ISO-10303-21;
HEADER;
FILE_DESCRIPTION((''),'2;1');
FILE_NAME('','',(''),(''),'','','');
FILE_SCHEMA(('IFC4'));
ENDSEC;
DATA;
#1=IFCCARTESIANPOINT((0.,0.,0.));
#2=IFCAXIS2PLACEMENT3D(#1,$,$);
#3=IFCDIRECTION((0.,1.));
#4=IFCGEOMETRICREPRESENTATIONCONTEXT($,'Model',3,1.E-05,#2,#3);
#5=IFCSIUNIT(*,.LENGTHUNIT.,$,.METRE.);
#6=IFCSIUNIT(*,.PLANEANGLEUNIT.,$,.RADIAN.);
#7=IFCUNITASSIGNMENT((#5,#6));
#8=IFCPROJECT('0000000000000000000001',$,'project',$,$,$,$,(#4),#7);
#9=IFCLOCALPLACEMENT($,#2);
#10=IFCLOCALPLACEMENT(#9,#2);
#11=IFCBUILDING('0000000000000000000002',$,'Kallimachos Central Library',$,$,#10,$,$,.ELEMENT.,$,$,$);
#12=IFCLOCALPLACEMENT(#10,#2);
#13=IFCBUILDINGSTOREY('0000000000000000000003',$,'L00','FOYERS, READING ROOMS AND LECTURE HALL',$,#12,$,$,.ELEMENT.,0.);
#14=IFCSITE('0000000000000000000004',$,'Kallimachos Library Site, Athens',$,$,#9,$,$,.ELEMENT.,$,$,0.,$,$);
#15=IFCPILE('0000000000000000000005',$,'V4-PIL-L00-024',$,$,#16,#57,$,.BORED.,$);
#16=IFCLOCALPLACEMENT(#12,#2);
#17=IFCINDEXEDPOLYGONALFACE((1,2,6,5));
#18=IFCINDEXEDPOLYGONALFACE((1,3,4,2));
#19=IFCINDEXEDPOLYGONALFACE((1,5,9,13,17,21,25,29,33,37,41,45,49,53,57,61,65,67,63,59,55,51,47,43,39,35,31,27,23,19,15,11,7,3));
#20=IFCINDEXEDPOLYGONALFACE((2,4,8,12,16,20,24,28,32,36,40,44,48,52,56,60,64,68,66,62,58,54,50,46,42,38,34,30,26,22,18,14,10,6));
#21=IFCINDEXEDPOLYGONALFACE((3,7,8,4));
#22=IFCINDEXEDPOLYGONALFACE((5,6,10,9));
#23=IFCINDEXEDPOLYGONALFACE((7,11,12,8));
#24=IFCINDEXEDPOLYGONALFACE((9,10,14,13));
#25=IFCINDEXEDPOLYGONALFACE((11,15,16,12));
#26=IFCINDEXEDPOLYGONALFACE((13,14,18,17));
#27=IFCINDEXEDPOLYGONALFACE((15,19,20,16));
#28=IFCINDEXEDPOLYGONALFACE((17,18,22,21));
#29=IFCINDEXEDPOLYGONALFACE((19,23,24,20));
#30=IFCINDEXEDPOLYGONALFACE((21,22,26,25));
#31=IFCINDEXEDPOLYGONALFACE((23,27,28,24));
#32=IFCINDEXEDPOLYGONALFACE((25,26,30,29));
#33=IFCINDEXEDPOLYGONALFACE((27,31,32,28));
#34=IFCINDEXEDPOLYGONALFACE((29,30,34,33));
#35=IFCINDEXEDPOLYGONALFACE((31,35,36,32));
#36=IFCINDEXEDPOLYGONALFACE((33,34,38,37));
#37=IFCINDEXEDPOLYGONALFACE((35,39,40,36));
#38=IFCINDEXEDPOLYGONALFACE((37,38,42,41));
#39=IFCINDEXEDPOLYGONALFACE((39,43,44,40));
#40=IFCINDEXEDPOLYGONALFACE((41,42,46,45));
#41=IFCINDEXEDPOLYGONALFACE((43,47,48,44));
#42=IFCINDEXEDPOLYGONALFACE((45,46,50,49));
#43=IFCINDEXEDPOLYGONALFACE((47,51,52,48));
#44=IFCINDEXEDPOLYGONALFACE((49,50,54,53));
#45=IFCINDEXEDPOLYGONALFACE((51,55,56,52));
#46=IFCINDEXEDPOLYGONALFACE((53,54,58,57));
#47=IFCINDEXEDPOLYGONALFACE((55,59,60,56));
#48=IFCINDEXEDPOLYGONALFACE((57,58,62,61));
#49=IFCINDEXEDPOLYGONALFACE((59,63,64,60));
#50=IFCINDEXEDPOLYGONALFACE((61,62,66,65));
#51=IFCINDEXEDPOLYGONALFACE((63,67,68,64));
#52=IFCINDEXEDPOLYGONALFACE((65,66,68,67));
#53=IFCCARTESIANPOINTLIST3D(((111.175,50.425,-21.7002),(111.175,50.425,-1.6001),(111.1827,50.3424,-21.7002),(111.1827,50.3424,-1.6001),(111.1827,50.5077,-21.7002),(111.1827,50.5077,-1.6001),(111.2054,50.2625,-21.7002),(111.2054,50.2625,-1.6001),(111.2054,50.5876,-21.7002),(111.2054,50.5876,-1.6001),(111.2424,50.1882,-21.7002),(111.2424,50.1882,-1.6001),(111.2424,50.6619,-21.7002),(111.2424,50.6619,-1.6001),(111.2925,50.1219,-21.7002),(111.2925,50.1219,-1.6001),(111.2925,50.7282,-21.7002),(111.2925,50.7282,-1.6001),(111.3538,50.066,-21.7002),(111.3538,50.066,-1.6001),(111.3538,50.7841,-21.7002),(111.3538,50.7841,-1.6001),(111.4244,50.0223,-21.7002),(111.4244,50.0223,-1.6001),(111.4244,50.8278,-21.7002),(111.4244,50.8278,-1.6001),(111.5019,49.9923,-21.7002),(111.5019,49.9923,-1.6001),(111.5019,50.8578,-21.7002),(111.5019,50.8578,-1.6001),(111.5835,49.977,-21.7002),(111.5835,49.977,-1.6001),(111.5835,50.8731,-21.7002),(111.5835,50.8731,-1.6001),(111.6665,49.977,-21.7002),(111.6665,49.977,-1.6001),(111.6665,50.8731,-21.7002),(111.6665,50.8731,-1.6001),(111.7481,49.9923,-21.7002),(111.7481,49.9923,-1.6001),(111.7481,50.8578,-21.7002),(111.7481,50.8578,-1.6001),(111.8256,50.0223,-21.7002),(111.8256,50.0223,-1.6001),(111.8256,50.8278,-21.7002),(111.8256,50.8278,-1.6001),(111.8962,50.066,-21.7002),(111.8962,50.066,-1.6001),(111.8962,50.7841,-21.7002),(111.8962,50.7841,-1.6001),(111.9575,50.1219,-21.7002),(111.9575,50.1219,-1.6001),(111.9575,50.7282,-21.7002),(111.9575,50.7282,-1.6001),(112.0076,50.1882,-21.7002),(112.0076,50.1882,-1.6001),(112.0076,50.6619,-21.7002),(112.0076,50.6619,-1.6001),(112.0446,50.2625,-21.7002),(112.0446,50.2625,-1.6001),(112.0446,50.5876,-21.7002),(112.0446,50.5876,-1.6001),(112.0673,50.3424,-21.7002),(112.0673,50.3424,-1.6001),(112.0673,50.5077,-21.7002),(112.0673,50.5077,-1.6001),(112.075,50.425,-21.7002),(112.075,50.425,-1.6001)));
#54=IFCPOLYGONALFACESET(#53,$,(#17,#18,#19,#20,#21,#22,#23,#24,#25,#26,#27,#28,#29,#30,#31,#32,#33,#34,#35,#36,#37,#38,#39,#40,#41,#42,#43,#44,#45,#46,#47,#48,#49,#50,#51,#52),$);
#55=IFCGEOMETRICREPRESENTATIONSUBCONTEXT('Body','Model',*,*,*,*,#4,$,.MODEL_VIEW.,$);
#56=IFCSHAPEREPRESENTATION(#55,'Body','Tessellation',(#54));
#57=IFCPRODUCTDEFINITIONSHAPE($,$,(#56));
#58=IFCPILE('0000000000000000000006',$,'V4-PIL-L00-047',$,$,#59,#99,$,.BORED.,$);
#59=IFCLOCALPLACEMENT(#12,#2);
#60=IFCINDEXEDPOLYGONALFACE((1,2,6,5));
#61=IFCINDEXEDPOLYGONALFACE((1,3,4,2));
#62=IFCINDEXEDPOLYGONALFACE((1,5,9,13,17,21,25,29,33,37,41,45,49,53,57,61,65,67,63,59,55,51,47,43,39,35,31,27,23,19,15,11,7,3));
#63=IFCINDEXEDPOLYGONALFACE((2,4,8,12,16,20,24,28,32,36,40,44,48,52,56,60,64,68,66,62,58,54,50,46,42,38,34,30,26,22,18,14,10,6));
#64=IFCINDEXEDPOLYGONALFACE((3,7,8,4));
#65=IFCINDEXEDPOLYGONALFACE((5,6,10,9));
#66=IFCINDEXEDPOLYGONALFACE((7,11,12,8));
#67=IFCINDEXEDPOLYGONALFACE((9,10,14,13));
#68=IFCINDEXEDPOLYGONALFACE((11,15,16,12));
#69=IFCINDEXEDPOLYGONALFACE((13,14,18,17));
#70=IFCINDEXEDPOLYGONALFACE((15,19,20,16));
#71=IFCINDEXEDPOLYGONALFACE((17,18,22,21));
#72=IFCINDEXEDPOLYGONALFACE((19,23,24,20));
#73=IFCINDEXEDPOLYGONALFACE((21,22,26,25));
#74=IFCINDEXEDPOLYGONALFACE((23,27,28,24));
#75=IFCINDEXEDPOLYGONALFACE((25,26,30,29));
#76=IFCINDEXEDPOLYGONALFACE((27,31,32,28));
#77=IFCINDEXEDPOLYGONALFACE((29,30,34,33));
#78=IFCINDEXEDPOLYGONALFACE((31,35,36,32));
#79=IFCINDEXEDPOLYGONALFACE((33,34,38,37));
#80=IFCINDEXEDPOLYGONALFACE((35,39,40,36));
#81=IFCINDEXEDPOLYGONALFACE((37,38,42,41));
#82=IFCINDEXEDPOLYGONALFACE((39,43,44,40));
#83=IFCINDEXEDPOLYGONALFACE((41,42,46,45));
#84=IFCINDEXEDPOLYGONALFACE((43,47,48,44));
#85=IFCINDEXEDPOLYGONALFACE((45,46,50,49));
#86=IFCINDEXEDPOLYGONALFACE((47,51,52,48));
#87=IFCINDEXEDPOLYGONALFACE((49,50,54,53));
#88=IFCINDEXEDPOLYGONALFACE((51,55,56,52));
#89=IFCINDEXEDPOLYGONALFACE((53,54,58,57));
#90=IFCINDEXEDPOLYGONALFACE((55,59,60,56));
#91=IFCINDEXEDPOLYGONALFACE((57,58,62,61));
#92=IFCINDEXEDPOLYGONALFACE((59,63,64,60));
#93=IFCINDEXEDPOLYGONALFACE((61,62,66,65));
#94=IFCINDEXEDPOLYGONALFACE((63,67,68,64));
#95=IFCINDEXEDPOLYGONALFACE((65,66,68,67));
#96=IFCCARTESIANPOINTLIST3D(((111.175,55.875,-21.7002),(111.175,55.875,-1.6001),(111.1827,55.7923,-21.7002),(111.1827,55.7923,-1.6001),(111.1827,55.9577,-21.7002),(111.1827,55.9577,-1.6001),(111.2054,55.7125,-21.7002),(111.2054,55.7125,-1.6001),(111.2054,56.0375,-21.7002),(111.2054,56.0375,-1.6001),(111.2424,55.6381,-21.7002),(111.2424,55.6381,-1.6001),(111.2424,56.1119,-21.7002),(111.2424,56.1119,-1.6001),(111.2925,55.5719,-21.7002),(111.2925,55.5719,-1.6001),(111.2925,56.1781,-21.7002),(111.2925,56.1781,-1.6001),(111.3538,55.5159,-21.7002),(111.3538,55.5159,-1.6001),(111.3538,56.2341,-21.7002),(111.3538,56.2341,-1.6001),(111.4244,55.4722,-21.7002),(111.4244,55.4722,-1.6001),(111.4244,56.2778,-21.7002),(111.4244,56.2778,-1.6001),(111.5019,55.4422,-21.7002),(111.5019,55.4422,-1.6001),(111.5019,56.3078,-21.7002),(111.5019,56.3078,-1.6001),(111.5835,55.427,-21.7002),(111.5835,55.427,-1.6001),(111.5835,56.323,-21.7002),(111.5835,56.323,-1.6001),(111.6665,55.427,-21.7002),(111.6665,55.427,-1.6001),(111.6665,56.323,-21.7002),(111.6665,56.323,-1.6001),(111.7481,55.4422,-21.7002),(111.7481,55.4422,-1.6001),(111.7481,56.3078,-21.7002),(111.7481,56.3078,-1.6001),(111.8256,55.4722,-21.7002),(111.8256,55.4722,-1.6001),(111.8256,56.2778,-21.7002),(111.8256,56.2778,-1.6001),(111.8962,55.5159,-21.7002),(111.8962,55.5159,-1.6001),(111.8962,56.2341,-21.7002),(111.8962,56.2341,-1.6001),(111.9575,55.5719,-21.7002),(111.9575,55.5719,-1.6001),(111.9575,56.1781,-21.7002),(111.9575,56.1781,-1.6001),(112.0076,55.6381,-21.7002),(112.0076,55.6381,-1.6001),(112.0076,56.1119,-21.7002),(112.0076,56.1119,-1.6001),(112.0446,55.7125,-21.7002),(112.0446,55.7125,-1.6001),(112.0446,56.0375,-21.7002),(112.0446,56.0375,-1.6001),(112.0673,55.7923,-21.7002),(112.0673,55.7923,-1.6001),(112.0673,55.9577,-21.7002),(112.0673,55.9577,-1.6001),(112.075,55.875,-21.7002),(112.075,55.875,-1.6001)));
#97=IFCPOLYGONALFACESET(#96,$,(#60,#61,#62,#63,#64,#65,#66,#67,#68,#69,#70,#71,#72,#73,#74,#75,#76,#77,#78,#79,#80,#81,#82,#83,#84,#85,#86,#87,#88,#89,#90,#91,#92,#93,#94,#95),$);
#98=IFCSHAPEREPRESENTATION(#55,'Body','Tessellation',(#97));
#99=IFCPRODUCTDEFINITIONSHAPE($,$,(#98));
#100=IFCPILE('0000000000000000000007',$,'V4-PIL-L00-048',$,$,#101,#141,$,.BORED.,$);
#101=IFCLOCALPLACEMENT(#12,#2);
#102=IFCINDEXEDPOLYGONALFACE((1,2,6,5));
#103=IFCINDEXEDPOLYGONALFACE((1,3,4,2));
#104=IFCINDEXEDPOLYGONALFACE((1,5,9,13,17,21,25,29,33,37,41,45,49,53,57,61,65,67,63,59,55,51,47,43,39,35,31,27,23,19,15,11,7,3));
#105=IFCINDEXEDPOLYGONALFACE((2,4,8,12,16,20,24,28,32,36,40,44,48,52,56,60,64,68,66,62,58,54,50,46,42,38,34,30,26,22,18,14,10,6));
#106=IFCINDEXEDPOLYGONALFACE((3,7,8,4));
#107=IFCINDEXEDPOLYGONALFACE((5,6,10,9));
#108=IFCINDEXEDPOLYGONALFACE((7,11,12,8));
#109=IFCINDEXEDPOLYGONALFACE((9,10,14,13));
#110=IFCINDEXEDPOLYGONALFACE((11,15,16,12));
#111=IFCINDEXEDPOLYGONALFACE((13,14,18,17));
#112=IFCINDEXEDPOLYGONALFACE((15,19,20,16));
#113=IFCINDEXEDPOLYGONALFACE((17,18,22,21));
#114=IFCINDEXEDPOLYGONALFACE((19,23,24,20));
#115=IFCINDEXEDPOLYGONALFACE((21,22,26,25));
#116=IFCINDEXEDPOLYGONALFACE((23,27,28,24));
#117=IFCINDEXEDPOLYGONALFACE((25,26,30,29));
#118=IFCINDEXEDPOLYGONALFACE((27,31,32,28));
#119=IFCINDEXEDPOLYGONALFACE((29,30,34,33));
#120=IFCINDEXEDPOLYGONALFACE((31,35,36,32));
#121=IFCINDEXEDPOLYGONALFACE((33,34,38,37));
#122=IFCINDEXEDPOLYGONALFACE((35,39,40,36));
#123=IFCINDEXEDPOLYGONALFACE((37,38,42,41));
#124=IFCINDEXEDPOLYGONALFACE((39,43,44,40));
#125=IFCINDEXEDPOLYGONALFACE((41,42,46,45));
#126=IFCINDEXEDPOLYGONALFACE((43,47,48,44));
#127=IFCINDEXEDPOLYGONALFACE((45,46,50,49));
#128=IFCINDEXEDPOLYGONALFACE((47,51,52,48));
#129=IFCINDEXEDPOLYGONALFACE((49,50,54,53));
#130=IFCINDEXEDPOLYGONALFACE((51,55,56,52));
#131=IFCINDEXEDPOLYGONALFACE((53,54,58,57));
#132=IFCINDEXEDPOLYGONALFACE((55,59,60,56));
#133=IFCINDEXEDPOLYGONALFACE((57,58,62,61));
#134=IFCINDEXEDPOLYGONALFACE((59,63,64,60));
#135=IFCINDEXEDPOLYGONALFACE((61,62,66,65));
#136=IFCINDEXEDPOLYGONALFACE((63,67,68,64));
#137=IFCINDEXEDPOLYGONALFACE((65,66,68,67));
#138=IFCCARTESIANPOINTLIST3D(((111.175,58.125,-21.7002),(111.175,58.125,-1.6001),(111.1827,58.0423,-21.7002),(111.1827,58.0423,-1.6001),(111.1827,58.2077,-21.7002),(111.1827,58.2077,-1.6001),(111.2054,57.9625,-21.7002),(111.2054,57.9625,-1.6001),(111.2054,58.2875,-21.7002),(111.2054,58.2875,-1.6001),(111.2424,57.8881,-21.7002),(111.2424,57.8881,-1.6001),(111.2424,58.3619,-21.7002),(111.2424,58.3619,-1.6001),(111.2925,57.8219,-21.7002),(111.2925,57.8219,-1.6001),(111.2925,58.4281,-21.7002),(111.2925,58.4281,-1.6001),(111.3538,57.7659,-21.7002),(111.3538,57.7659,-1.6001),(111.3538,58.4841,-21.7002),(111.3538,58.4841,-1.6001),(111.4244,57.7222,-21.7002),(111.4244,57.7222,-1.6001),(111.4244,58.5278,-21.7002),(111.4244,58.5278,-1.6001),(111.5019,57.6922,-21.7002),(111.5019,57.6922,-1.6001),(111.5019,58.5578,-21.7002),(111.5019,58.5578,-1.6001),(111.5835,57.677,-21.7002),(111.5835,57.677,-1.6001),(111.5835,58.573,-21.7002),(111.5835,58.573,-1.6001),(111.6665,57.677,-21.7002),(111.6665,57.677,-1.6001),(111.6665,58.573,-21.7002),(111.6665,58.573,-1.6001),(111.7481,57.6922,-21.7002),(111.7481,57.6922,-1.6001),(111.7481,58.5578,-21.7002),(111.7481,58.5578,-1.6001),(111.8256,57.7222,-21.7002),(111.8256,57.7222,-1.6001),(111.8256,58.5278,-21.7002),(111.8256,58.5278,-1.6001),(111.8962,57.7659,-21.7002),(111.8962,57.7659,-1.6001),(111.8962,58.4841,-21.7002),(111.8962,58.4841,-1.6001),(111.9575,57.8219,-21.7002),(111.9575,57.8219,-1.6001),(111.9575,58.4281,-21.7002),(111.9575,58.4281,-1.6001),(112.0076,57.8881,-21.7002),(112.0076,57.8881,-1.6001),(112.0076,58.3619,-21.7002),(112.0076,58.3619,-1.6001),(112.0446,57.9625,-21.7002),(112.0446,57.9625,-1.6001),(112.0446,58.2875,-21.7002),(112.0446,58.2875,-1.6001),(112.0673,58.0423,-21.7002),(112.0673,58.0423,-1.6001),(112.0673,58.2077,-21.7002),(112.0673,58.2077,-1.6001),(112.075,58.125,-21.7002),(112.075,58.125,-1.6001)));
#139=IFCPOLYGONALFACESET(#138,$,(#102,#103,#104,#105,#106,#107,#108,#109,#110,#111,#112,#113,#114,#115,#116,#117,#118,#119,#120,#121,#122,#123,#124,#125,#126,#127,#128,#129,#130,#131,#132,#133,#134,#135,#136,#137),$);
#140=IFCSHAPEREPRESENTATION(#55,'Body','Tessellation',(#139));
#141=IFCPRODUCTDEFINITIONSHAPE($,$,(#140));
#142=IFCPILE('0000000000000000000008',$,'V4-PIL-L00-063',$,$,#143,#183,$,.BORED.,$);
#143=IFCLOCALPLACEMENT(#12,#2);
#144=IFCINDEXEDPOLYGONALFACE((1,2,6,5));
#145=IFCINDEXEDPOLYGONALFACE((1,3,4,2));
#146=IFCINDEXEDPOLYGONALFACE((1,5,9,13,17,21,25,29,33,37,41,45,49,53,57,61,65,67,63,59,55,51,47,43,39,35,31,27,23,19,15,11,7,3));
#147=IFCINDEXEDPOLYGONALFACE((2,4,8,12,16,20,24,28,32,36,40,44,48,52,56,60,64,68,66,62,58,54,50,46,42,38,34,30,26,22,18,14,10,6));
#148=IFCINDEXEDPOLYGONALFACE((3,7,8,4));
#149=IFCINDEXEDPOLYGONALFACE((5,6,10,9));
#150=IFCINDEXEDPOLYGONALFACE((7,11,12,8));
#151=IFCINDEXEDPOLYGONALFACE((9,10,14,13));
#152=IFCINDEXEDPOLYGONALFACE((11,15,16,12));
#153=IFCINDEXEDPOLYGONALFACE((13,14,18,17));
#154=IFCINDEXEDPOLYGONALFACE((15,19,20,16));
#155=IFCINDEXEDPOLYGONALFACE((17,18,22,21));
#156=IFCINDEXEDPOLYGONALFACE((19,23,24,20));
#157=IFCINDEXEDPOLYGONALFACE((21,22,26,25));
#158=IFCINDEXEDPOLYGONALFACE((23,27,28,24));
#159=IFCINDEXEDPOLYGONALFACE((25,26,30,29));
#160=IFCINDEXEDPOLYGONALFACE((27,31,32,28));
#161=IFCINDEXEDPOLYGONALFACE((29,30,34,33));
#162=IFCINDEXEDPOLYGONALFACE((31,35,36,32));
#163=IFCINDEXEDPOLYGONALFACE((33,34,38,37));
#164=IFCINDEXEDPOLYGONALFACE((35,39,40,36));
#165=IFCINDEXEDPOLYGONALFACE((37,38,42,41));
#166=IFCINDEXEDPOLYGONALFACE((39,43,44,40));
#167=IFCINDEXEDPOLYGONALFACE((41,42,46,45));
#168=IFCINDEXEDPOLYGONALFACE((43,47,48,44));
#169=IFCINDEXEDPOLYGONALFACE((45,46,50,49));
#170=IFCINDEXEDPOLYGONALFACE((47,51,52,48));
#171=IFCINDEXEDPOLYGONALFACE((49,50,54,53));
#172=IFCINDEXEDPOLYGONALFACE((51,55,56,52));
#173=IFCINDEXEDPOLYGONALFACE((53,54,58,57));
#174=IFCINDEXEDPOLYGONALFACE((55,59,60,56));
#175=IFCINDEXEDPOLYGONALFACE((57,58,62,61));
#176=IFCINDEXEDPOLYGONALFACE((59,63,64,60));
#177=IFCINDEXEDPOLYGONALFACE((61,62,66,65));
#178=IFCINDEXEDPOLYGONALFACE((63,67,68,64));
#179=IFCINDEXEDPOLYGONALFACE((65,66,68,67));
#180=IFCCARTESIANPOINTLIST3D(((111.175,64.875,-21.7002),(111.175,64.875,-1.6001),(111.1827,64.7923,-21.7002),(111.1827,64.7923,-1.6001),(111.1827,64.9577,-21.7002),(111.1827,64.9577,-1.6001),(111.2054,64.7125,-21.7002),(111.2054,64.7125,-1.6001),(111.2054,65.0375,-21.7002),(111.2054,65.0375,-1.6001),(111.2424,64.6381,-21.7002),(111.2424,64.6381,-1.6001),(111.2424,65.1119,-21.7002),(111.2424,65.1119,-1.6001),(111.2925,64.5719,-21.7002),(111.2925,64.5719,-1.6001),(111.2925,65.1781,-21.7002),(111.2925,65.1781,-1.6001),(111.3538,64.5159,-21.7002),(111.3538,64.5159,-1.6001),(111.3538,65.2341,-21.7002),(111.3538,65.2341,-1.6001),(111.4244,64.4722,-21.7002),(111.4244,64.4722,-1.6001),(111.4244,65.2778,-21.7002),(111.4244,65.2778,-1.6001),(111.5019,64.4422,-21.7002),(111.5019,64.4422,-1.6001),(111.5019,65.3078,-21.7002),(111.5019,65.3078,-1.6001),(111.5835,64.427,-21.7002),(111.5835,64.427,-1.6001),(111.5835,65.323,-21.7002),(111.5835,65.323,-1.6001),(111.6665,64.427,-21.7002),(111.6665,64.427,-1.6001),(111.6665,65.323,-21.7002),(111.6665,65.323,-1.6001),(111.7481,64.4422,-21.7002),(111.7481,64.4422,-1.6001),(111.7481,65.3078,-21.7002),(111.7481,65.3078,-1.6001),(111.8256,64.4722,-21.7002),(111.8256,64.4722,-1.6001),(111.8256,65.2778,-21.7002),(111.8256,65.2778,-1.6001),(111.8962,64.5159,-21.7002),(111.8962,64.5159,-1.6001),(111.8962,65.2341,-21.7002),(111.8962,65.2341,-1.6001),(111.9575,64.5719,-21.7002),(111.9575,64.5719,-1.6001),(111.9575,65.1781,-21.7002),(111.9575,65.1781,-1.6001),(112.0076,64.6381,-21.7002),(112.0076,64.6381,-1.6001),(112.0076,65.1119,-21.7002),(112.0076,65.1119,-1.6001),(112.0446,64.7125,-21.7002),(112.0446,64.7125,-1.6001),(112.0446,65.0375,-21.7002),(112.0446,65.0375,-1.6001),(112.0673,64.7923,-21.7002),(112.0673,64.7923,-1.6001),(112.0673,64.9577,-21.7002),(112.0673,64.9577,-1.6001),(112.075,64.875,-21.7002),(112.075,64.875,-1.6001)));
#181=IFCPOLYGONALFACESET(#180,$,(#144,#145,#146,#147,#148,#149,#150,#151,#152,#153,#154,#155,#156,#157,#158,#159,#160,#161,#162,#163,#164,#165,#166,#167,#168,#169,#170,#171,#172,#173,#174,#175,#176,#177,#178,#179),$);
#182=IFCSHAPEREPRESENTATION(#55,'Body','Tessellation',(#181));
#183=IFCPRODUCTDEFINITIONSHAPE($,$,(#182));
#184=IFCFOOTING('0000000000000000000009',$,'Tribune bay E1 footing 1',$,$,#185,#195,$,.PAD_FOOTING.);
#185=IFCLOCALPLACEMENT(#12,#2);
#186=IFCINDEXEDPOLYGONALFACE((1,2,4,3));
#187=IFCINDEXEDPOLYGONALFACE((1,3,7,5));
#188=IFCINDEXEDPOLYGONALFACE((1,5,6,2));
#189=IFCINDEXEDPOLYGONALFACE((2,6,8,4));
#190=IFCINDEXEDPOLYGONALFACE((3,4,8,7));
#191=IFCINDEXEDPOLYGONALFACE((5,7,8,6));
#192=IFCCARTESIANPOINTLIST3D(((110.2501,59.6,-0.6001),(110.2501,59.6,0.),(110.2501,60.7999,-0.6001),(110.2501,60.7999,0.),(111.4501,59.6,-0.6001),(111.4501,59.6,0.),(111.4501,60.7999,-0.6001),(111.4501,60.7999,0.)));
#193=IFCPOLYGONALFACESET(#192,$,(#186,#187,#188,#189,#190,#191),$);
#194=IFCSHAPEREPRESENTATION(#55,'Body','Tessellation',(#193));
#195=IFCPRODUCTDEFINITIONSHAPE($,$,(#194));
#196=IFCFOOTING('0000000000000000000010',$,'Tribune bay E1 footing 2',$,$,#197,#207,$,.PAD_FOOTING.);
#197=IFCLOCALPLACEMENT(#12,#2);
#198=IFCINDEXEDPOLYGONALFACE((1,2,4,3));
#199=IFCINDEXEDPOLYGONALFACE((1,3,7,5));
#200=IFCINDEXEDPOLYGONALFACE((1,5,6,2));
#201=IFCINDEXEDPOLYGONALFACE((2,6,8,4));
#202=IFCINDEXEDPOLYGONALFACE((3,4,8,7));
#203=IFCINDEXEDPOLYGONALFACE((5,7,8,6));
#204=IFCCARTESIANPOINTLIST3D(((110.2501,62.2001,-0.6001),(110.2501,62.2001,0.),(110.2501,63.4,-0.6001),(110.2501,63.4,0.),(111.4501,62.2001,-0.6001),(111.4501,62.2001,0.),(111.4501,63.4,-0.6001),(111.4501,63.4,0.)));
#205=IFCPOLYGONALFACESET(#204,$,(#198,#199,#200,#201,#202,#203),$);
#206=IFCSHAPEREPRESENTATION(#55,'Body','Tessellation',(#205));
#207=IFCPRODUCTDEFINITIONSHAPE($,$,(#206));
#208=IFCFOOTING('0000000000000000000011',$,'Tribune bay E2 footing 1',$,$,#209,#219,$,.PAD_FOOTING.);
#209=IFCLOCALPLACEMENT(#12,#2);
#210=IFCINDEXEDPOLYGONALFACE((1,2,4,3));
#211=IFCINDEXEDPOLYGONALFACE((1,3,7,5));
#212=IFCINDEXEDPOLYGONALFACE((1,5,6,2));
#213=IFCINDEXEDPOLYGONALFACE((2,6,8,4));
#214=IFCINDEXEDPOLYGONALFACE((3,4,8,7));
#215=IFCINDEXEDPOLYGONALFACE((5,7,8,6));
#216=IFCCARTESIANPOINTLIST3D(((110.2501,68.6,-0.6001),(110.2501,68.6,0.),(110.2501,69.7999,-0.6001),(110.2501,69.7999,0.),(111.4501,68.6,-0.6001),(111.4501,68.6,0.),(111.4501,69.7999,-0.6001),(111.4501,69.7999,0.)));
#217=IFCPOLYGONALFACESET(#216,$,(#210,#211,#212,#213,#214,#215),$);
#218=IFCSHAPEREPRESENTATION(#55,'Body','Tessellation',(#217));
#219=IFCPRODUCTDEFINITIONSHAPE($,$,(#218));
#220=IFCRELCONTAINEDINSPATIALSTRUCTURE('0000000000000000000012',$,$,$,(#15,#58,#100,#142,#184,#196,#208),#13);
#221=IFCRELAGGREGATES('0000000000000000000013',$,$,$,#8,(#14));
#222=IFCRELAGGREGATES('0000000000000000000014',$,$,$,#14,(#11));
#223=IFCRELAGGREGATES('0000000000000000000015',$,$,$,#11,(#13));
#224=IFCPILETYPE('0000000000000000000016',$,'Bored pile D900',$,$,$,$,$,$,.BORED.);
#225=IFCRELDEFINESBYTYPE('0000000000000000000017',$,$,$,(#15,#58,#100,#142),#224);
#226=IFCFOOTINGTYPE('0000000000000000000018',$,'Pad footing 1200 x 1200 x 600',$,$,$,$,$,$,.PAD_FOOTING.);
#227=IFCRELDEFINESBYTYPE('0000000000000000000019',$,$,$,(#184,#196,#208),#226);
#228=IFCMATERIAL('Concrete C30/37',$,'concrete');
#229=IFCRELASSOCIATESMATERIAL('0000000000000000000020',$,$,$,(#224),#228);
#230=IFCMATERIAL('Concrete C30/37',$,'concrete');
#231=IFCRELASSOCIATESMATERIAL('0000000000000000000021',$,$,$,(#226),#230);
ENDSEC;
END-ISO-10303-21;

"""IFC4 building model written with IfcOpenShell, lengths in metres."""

from ifc_helpers import new_model, si_unit, direction, frame, origin, origin_2d, place, context, subcontext, project, spatial, rectangle, circle, extrude, material, type_object, element, save


model = new_model("IFC4")

# Units and contexts
model_context = context("Model", 3, precision=1e-05, world=origin(), true_north=direction((0.0, 1.0)))
body_context = subcontext(model_context, "Body", "Model", "MODEL_VIEW")
ifc_project = project(units=[si_unit("LENGTHUNIT", "METRE"), si_unit("PLANEANGLEUNIT", "RADIAN")], contexts=[model_context])

# Site, building, storey
site_placement = place(None, origin())
site = spatial("IfcSite", under=ifc_project, at=site_placement, Name="Kallimachos Library Site, Athens", CompositionType="ELEMENT", RefElevation=0.0)
building_placement = place(site_placement, origin())
building = spatial("IfcBuilding", under=site, at=building_placement, Name="Kallimachos Central Library", CompositionType="ELEMENT")
storey_placement = place(building_placement, origin())
storey = spatial("IfcBuildingStorey", under=building, at=storey_placement, Name="L00", Description="FOYERS, READING ROOMS AND LECTURE HALL", CompositionType="ELEMENT", Elevation=0.0)

# Piles
ifc_material_1 = material(Name="Concrete C30/37", Category="concrete")
pile_type = type_object("IfcPileType", Name="Bored pile D900", PredefinedType="BORED", material=ifc_material_1)
for number, where, z_axis, x_axis, name in (
    (1, (111.625, 50.425, -1.6001), (0.0, 0.0, -1.0), (1.0, 0.0, 0.0), "V4-PIL-L00-024"),
    (2, (111.625, 55.875, -1.6001), (0.0, 0.0, -1.0), (1.0, 0.0, 0.0), "V4-PIL-L00-047"),
    (3, (111.625, 58.125, -1.6001), (0.0, 0.0, -1.0), (1.0, 0.0, 0.0), "V4-PIL-L00-048"),
    (4, (111.625, 64.875, -1.6001), (0.0, 0.0, -1.0), (1.0, 0.0, 0.0), "V4-PIL-L00-063"),
):
    element("IfcPile", number, at=place(storey_placement, frame(where, z_axis=z_axis, x_axis=x_axis)), inside=storey, type_object=pile_type, Name=name, PredefinedType="BORED", context=body_context, shape_type="SweptSolid", body=[
        extrude(circle(Radius=0.45, at=origin_2d()), origin(), (0.0, 0.0, 1.0), 20.1001),
    ])

# Footings
ifc_material_2 = material(Name="Concrete C30/37", Category="concrete")
footing_type = type_object("IfcFootingType", Name="Pad footing 1200 x 1200 x 600", PredefinedType="PAD_FOOTING", material=ifc_material_2)
for number, where, z_axis, x_axis, name in (
    (5, (110.8501, 60.2, -0.6001), (0.0, 0.0, 1.0), (1.0, 0.0, 0.0), "Tribune bay E1 footing 1"),
    (6, (110.8501, 62.8, -0.6001), (0.0, 0.0, 1.0), (1.0, 0.0, 0.0), "Tribune bay E1 footing 2"),
    (7, (110.8501, 69.2, -0.6001), (0.0, 0.0, 1.0), (1.0, 0.0, 0.0), "Tribune bay E2 footing 1"),
):
    element("IfcFooting", number, at=place(storey_placement, frame(where, z_axis=z_axis, x_axis=x_axis)), inside=storey, type_object=footing_type, Name=name, PredefinedType="PAD_FOOTING", context=body_context, shape_type="SweptSolid", body=[
        extrude(rectangle(XDim=1.2, YDim=1.2, at=origin_2d()), origin(), (0.0, 0.0, 1.0), 0.6001),
    ])

save(model, "model.ifc")
